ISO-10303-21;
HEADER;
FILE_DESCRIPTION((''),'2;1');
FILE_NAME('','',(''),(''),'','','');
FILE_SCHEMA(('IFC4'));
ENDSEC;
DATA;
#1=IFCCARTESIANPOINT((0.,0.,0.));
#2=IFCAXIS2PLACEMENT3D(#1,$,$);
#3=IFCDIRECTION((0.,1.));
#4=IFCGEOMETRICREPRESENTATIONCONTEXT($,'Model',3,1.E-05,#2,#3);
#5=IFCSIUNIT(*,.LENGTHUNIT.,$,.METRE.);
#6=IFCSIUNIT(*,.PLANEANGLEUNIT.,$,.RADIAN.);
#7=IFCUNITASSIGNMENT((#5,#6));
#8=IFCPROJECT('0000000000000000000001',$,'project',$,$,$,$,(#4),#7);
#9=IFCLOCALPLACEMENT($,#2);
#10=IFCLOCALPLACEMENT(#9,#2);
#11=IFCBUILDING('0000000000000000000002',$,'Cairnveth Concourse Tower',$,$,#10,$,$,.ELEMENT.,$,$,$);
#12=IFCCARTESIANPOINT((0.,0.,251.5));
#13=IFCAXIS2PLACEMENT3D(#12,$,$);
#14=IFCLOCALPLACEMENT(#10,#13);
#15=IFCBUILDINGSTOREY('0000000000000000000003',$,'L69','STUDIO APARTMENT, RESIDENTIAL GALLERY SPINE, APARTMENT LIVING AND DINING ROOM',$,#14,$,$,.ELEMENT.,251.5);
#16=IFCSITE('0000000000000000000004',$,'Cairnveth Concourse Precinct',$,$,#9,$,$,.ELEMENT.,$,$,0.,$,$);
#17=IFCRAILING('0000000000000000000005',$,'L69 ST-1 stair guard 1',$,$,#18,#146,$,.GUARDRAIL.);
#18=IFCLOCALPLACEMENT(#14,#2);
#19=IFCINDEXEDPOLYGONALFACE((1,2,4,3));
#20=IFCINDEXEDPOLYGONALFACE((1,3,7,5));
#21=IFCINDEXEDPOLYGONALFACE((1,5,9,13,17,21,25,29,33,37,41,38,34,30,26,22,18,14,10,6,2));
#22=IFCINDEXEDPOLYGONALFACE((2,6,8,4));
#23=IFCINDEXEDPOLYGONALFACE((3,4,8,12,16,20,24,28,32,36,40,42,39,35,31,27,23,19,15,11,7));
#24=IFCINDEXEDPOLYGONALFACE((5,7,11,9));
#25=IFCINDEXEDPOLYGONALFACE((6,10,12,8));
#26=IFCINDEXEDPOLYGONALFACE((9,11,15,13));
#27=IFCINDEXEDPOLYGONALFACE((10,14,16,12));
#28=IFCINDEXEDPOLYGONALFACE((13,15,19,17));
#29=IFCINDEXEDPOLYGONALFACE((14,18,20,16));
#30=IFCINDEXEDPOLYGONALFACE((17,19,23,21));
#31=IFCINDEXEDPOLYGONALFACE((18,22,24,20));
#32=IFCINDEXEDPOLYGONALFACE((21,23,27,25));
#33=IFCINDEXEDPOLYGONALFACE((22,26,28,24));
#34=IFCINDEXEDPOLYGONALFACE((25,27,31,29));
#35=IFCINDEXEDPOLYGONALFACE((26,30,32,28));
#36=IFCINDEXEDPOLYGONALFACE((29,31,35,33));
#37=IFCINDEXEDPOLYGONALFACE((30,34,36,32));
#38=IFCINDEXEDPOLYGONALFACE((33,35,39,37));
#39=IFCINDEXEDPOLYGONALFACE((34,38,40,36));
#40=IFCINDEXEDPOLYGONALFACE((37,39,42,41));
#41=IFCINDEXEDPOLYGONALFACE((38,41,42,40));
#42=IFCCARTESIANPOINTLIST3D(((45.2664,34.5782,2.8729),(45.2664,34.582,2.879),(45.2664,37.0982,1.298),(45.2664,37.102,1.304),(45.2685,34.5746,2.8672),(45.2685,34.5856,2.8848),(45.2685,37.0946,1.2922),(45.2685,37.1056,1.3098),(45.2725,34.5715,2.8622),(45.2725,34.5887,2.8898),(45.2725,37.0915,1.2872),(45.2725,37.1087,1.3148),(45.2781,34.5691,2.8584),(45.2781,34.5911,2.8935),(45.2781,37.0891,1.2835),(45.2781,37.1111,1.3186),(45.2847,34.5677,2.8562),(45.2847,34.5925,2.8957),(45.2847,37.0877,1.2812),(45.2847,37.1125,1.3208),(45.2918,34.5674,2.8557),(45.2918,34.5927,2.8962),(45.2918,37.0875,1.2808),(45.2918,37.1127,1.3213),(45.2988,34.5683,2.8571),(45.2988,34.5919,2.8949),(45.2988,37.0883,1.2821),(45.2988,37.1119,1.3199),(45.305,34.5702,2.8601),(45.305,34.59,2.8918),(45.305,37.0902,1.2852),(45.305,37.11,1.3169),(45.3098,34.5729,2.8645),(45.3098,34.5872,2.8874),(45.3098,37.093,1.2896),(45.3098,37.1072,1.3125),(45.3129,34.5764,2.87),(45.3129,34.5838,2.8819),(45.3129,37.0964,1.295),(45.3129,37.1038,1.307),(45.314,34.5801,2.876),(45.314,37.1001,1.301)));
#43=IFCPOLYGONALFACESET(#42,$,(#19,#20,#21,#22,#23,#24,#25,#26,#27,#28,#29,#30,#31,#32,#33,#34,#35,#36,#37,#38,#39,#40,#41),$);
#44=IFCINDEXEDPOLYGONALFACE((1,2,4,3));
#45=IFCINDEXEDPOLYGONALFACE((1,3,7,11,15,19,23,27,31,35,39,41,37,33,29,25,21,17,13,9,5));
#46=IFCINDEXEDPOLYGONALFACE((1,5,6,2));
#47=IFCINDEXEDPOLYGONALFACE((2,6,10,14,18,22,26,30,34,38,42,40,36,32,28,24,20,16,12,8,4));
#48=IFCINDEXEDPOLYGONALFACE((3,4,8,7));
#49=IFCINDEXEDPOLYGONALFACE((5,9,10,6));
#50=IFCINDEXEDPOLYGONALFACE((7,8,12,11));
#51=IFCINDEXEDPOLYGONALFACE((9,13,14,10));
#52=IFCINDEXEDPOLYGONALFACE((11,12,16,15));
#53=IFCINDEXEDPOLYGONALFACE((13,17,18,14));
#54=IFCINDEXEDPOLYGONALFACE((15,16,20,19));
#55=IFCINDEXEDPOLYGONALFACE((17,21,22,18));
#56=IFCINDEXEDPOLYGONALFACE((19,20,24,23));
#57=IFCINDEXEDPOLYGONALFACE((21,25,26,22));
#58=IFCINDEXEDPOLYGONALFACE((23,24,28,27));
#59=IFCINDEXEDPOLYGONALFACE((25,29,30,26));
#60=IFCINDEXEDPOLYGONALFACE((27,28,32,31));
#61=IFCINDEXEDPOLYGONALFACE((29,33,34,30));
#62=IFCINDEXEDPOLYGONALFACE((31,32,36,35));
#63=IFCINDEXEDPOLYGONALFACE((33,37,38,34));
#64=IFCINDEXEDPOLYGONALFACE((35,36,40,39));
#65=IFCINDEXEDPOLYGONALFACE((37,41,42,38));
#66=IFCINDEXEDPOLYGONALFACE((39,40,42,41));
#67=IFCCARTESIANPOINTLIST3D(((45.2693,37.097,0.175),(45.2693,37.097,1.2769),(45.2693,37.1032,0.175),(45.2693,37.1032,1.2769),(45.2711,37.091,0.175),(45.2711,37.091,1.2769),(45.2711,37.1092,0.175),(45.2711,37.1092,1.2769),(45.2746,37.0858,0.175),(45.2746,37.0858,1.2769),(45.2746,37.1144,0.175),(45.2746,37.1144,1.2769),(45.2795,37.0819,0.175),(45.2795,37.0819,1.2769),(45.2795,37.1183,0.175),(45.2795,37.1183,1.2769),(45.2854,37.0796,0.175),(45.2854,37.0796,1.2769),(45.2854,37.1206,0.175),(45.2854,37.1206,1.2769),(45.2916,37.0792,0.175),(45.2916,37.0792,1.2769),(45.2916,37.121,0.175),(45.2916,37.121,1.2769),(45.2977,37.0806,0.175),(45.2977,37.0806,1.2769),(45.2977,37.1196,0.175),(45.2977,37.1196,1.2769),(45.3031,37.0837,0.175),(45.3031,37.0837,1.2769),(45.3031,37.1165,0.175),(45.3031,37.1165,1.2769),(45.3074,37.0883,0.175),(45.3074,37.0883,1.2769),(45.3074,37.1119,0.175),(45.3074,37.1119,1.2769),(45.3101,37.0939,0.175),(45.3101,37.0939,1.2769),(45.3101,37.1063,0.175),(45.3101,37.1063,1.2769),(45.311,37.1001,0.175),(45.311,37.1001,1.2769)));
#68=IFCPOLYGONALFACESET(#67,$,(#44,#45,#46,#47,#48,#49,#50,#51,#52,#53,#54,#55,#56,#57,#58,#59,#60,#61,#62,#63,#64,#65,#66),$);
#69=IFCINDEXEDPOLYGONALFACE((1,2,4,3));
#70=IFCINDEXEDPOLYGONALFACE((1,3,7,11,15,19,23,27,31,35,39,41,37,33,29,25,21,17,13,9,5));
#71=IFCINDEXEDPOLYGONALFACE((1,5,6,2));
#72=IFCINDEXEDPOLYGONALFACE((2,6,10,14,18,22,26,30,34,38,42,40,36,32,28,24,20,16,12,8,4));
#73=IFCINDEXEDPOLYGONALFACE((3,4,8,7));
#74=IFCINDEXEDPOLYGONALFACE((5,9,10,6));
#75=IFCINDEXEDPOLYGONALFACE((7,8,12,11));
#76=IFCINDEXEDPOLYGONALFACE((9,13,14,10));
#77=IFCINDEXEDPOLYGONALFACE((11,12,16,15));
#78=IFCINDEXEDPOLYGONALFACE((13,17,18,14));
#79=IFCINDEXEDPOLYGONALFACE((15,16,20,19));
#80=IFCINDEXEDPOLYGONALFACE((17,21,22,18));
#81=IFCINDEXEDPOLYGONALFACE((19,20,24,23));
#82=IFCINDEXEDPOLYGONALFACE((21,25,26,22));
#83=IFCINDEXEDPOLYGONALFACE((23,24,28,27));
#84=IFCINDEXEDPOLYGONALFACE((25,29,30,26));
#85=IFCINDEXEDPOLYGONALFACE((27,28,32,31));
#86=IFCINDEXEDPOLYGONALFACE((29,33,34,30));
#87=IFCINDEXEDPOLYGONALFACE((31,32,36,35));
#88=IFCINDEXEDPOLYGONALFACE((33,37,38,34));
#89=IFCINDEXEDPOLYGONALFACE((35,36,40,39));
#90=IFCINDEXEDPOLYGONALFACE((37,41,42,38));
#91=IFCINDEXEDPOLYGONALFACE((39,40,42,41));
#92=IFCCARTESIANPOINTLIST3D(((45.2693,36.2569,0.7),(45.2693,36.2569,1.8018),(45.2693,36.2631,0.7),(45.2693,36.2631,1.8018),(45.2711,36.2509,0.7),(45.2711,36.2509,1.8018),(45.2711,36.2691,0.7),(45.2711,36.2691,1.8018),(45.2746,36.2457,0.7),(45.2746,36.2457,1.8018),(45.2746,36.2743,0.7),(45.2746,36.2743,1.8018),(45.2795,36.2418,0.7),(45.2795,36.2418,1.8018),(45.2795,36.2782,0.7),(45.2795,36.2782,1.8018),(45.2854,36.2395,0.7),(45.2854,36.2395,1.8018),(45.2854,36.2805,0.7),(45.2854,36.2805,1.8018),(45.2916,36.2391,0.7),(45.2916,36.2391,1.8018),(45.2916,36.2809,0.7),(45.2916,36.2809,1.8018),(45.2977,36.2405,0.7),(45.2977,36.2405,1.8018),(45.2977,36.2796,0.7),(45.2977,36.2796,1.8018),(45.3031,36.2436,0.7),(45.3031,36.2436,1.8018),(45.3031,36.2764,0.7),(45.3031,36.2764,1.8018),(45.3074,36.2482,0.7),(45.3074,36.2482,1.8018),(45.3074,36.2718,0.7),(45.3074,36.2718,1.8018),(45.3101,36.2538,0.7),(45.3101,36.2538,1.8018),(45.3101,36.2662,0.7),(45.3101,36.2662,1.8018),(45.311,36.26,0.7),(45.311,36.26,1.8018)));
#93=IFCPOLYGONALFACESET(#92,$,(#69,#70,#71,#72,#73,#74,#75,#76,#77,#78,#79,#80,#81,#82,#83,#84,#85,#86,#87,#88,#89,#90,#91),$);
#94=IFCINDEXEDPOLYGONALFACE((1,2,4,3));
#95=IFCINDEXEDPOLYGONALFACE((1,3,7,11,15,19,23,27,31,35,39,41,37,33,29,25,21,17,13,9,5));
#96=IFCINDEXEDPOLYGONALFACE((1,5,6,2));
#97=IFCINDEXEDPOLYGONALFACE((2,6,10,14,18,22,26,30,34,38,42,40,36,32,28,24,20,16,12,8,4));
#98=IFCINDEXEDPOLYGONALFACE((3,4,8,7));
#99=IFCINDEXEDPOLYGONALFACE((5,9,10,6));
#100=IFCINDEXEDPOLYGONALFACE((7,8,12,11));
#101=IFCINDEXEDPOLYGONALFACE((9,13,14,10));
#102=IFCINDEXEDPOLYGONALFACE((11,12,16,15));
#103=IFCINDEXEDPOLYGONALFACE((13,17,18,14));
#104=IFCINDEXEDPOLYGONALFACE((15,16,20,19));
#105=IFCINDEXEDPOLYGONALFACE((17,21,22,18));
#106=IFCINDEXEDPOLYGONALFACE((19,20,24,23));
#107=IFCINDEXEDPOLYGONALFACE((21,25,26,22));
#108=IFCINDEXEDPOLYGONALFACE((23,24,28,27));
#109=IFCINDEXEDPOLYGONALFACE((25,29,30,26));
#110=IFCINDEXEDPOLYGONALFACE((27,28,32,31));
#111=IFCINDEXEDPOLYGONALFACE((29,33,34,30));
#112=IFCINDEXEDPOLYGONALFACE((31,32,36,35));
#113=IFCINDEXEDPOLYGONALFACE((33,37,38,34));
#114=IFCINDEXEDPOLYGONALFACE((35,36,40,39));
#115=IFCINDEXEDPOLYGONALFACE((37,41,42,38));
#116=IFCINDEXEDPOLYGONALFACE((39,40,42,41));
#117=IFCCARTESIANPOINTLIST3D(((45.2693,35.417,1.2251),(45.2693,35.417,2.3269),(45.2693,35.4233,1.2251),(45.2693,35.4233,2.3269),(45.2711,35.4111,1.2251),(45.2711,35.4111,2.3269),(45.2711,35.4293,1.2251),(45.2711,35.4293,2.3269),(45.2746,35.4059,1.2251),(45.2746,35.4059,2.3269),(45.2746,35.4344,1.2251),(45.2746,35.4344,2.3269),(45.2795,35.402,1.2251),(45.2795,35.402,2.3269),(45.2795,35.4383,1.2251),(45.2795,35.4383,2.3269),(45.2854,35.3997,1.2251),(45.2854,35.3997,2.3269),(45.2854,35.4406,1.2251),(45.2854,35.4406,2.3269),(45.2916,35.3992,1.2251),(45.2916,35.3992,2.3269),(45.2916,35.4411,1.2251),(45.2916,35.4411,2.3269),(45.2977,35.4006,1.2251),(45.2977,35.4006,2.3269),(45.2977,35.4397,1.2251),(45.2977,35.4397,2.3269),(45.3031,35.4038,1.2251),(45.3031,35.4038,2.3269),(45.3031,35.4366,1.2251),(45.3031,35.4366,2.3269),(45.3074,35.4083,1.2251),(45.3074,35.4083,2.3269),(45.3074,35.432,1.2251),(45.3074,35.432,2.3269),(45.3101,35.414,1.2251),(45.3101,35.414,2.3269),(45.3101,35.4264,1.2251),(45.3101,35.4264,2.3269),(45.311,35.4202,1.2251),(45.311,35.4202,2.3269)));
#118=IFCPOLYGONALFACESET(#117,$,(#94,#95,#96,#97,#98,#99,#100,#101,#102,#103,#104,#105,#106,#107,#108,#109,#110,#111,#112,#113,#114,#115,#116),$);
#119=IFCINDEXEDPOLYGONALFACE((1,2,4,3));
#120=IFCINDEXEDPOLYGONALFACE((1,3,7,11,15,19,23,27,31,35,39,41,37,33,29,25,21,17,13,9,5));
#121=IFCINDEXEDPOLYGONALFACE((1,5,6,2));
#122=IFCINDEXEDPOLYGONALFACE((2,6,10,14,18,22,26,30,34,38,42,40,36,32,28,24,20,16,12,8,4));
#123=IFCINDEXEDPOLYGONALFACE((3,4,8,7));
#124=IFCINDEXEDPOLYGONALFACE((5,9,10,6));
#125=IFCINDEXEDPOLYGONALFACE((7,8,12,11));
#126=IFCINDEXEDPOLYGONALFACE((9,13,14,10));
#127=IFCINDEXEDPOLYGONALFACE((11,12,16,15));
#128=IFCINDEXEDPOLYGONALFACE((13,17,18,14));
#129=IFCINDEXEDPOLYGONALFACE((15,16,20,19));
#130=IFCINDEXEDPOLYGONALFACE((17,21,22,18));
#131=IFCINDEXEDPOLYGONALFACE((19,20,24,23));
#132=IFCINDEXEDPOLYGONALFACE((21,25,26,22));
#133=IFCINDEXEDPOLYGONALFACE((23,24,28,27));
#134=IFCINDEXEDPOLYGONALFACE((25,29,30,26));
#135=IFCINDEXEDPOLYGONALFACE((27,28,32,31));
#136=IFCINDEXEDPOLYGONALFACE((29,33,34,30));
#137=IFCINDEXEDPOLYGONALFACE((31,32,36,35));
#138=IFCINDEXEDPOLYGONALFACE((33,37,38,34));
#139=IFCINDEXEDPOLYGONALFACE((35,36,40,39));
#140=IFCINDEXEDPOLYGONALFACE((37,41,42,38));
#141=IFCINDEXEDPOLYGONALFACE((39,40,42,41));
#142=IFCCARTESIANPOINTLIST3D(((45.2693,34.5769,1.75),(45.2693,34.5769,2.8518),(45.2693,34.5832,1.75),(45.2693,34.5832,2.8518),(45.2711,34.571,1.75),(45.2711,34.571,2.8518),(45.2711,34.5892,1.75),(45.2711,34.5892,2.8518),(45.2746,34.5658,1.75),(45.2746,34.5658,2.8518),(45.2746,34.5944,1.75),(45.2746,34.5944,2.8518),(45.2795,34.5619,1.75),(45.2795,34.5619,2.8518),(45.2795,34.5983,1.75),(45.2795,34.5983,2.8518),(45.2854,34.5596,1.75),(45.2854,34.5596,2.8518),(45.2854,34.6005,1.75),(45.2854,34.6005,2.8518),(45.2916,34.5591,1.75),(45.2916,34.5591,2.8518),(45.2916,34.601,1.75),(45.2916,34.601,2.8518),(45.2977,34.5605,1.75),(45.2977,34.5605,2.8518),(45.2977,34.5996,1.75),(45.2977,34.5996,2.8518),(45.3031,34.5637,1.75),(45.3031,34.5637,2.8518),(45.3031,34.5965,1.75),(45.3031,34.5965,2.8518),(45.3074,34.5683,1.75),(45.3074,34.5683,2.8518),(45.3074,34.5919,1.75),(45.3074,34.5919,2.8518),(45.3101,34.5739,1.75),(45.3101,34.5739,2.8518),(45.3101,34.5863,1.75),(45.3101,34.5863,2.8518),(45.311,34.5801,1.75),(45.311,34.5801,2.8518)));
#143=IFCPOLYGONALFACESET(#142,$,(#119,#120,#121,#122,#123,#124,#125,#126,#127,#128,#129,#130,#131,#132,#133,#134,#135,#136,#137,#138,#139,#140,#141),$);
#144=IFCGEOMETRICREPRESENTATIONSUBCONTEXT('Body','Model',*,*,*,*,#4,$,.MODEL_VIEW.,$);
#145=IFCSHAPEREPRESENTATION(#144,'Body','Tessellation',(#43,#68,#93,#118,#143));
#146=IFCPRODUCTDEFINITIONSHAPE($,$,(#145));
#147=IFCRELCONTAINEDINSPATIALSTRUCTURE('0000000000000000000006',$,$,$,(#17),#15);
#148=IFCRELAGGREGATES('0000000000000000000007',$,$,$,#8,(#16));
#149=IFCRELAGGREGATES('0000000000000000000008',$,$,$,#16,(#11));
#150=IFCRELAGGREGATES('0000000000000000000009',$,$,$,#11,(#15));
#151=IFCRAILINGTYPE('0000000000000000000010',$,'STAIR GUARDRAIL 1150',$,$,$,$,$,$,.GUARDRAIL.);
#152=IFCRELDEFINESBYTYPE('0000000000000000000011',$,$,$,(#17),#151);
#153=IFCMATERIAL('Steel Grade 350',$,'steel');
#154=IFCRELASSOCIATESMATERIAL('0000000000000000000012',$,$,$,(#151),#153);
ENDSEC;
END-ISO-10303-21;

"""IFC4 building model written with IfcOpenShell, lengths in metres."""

from ifc_helpers import new_model, si_unit, direction, frame, origin, origin_2d, place, context, subcontext, project, spatial, circle, extrude, material, type_object, element, save


model = new_model("IFC4")

# Units and contexts
model_context = context("Model", 3, precision=1e-05, world=origin(), true_north=direction((0.0, 1.0)))
body_context = subcontext(model_context, "Body", "Model", "MODEL_VIEW")
ifc_project = project(units=[si_unit("LENGTHUNIT", "METRE"), si_unit("PLANEANGLEUNIT", "RADIAN")], contexts=[model_context])

# Site, building, storey
site_placement = place(None, origin())
site = spatial("IfcSite", under=ifc_project, at=site_placement, Name="Cairnveth Concourse Precinct", CompositionType="ELEMENT", RefElevation=0.0)
building_placement = place(site_placement, origin())
building = spatial("IfcBuilding", under=site, at=building_placement, Name="Cairnveth Concourse Tower", CompositionType="ELEMENT")
storey_placement = place(building_placement, frame((0.0, 0.0, 251.5)))
storey = spatial("IfcBuildingStorey", under=building, at=storey_placement, Name="L69", Description="STUDIO APARTMENT, RESIDENTIAL GALLERY SPINE, APARTMENT LIVING AND DINING ROOM", CompositionType="ELEMENT", Elevation=251.5)

# Shared definitions
ifc_material_1 = material(Name="Steel Grade 350", Category="steel")

# Railing
railing_type_1 = type_object("IfcRailingType", Name="STAIR GUARDRAIL 1150", PredefinedType="GUARDRAIL", material=ifc_material_1)
railing_1_placement = place(storey_placement, frame((45.29, 37.1001, 0.175)))
element("IfcRailing", 1, at=railing_1_placement, inside=storey, type_object=railing_type_1, Name="L69 ST-1 stair guard 1", PredefinedType="GUARDRAIL", context=body_context, shape_type="SweptSolid", body=[
    extrude(circle(Radius=0.0239, at=origin_2d()), frame((0.0, 0.0, 1.126), z_axis=(0.0, -0.848008, 0.529984), x_axis=(1.0, 0.0, 0.0)), (0.0, 0.0, 1.0), 2.9717),
    extrude(circle(Radius=0.021, at=origin_2d()), origin(), (0.0, 0.0, 1.0), 1.1018),
    extrude(circle(Radius=0.021, at=origin_2d()), frame((0.0, -0.8401, 0.5249)), (0.0, 0.0, 1.0), 1.1018),
    extrude(circle(Radius=0.021, at=origin_2d()), frame((0.0, -1.6799, 1.05)), (0.0, 0.0, 1.0), 1.1018),
    extrude(circle(Radius=0.021, at=origin_2d()), frame((0.0, -2.52, 1.575)), (0.0, 0.0, 1.0), 1.1018),
])

save(model, "model.ifc")
